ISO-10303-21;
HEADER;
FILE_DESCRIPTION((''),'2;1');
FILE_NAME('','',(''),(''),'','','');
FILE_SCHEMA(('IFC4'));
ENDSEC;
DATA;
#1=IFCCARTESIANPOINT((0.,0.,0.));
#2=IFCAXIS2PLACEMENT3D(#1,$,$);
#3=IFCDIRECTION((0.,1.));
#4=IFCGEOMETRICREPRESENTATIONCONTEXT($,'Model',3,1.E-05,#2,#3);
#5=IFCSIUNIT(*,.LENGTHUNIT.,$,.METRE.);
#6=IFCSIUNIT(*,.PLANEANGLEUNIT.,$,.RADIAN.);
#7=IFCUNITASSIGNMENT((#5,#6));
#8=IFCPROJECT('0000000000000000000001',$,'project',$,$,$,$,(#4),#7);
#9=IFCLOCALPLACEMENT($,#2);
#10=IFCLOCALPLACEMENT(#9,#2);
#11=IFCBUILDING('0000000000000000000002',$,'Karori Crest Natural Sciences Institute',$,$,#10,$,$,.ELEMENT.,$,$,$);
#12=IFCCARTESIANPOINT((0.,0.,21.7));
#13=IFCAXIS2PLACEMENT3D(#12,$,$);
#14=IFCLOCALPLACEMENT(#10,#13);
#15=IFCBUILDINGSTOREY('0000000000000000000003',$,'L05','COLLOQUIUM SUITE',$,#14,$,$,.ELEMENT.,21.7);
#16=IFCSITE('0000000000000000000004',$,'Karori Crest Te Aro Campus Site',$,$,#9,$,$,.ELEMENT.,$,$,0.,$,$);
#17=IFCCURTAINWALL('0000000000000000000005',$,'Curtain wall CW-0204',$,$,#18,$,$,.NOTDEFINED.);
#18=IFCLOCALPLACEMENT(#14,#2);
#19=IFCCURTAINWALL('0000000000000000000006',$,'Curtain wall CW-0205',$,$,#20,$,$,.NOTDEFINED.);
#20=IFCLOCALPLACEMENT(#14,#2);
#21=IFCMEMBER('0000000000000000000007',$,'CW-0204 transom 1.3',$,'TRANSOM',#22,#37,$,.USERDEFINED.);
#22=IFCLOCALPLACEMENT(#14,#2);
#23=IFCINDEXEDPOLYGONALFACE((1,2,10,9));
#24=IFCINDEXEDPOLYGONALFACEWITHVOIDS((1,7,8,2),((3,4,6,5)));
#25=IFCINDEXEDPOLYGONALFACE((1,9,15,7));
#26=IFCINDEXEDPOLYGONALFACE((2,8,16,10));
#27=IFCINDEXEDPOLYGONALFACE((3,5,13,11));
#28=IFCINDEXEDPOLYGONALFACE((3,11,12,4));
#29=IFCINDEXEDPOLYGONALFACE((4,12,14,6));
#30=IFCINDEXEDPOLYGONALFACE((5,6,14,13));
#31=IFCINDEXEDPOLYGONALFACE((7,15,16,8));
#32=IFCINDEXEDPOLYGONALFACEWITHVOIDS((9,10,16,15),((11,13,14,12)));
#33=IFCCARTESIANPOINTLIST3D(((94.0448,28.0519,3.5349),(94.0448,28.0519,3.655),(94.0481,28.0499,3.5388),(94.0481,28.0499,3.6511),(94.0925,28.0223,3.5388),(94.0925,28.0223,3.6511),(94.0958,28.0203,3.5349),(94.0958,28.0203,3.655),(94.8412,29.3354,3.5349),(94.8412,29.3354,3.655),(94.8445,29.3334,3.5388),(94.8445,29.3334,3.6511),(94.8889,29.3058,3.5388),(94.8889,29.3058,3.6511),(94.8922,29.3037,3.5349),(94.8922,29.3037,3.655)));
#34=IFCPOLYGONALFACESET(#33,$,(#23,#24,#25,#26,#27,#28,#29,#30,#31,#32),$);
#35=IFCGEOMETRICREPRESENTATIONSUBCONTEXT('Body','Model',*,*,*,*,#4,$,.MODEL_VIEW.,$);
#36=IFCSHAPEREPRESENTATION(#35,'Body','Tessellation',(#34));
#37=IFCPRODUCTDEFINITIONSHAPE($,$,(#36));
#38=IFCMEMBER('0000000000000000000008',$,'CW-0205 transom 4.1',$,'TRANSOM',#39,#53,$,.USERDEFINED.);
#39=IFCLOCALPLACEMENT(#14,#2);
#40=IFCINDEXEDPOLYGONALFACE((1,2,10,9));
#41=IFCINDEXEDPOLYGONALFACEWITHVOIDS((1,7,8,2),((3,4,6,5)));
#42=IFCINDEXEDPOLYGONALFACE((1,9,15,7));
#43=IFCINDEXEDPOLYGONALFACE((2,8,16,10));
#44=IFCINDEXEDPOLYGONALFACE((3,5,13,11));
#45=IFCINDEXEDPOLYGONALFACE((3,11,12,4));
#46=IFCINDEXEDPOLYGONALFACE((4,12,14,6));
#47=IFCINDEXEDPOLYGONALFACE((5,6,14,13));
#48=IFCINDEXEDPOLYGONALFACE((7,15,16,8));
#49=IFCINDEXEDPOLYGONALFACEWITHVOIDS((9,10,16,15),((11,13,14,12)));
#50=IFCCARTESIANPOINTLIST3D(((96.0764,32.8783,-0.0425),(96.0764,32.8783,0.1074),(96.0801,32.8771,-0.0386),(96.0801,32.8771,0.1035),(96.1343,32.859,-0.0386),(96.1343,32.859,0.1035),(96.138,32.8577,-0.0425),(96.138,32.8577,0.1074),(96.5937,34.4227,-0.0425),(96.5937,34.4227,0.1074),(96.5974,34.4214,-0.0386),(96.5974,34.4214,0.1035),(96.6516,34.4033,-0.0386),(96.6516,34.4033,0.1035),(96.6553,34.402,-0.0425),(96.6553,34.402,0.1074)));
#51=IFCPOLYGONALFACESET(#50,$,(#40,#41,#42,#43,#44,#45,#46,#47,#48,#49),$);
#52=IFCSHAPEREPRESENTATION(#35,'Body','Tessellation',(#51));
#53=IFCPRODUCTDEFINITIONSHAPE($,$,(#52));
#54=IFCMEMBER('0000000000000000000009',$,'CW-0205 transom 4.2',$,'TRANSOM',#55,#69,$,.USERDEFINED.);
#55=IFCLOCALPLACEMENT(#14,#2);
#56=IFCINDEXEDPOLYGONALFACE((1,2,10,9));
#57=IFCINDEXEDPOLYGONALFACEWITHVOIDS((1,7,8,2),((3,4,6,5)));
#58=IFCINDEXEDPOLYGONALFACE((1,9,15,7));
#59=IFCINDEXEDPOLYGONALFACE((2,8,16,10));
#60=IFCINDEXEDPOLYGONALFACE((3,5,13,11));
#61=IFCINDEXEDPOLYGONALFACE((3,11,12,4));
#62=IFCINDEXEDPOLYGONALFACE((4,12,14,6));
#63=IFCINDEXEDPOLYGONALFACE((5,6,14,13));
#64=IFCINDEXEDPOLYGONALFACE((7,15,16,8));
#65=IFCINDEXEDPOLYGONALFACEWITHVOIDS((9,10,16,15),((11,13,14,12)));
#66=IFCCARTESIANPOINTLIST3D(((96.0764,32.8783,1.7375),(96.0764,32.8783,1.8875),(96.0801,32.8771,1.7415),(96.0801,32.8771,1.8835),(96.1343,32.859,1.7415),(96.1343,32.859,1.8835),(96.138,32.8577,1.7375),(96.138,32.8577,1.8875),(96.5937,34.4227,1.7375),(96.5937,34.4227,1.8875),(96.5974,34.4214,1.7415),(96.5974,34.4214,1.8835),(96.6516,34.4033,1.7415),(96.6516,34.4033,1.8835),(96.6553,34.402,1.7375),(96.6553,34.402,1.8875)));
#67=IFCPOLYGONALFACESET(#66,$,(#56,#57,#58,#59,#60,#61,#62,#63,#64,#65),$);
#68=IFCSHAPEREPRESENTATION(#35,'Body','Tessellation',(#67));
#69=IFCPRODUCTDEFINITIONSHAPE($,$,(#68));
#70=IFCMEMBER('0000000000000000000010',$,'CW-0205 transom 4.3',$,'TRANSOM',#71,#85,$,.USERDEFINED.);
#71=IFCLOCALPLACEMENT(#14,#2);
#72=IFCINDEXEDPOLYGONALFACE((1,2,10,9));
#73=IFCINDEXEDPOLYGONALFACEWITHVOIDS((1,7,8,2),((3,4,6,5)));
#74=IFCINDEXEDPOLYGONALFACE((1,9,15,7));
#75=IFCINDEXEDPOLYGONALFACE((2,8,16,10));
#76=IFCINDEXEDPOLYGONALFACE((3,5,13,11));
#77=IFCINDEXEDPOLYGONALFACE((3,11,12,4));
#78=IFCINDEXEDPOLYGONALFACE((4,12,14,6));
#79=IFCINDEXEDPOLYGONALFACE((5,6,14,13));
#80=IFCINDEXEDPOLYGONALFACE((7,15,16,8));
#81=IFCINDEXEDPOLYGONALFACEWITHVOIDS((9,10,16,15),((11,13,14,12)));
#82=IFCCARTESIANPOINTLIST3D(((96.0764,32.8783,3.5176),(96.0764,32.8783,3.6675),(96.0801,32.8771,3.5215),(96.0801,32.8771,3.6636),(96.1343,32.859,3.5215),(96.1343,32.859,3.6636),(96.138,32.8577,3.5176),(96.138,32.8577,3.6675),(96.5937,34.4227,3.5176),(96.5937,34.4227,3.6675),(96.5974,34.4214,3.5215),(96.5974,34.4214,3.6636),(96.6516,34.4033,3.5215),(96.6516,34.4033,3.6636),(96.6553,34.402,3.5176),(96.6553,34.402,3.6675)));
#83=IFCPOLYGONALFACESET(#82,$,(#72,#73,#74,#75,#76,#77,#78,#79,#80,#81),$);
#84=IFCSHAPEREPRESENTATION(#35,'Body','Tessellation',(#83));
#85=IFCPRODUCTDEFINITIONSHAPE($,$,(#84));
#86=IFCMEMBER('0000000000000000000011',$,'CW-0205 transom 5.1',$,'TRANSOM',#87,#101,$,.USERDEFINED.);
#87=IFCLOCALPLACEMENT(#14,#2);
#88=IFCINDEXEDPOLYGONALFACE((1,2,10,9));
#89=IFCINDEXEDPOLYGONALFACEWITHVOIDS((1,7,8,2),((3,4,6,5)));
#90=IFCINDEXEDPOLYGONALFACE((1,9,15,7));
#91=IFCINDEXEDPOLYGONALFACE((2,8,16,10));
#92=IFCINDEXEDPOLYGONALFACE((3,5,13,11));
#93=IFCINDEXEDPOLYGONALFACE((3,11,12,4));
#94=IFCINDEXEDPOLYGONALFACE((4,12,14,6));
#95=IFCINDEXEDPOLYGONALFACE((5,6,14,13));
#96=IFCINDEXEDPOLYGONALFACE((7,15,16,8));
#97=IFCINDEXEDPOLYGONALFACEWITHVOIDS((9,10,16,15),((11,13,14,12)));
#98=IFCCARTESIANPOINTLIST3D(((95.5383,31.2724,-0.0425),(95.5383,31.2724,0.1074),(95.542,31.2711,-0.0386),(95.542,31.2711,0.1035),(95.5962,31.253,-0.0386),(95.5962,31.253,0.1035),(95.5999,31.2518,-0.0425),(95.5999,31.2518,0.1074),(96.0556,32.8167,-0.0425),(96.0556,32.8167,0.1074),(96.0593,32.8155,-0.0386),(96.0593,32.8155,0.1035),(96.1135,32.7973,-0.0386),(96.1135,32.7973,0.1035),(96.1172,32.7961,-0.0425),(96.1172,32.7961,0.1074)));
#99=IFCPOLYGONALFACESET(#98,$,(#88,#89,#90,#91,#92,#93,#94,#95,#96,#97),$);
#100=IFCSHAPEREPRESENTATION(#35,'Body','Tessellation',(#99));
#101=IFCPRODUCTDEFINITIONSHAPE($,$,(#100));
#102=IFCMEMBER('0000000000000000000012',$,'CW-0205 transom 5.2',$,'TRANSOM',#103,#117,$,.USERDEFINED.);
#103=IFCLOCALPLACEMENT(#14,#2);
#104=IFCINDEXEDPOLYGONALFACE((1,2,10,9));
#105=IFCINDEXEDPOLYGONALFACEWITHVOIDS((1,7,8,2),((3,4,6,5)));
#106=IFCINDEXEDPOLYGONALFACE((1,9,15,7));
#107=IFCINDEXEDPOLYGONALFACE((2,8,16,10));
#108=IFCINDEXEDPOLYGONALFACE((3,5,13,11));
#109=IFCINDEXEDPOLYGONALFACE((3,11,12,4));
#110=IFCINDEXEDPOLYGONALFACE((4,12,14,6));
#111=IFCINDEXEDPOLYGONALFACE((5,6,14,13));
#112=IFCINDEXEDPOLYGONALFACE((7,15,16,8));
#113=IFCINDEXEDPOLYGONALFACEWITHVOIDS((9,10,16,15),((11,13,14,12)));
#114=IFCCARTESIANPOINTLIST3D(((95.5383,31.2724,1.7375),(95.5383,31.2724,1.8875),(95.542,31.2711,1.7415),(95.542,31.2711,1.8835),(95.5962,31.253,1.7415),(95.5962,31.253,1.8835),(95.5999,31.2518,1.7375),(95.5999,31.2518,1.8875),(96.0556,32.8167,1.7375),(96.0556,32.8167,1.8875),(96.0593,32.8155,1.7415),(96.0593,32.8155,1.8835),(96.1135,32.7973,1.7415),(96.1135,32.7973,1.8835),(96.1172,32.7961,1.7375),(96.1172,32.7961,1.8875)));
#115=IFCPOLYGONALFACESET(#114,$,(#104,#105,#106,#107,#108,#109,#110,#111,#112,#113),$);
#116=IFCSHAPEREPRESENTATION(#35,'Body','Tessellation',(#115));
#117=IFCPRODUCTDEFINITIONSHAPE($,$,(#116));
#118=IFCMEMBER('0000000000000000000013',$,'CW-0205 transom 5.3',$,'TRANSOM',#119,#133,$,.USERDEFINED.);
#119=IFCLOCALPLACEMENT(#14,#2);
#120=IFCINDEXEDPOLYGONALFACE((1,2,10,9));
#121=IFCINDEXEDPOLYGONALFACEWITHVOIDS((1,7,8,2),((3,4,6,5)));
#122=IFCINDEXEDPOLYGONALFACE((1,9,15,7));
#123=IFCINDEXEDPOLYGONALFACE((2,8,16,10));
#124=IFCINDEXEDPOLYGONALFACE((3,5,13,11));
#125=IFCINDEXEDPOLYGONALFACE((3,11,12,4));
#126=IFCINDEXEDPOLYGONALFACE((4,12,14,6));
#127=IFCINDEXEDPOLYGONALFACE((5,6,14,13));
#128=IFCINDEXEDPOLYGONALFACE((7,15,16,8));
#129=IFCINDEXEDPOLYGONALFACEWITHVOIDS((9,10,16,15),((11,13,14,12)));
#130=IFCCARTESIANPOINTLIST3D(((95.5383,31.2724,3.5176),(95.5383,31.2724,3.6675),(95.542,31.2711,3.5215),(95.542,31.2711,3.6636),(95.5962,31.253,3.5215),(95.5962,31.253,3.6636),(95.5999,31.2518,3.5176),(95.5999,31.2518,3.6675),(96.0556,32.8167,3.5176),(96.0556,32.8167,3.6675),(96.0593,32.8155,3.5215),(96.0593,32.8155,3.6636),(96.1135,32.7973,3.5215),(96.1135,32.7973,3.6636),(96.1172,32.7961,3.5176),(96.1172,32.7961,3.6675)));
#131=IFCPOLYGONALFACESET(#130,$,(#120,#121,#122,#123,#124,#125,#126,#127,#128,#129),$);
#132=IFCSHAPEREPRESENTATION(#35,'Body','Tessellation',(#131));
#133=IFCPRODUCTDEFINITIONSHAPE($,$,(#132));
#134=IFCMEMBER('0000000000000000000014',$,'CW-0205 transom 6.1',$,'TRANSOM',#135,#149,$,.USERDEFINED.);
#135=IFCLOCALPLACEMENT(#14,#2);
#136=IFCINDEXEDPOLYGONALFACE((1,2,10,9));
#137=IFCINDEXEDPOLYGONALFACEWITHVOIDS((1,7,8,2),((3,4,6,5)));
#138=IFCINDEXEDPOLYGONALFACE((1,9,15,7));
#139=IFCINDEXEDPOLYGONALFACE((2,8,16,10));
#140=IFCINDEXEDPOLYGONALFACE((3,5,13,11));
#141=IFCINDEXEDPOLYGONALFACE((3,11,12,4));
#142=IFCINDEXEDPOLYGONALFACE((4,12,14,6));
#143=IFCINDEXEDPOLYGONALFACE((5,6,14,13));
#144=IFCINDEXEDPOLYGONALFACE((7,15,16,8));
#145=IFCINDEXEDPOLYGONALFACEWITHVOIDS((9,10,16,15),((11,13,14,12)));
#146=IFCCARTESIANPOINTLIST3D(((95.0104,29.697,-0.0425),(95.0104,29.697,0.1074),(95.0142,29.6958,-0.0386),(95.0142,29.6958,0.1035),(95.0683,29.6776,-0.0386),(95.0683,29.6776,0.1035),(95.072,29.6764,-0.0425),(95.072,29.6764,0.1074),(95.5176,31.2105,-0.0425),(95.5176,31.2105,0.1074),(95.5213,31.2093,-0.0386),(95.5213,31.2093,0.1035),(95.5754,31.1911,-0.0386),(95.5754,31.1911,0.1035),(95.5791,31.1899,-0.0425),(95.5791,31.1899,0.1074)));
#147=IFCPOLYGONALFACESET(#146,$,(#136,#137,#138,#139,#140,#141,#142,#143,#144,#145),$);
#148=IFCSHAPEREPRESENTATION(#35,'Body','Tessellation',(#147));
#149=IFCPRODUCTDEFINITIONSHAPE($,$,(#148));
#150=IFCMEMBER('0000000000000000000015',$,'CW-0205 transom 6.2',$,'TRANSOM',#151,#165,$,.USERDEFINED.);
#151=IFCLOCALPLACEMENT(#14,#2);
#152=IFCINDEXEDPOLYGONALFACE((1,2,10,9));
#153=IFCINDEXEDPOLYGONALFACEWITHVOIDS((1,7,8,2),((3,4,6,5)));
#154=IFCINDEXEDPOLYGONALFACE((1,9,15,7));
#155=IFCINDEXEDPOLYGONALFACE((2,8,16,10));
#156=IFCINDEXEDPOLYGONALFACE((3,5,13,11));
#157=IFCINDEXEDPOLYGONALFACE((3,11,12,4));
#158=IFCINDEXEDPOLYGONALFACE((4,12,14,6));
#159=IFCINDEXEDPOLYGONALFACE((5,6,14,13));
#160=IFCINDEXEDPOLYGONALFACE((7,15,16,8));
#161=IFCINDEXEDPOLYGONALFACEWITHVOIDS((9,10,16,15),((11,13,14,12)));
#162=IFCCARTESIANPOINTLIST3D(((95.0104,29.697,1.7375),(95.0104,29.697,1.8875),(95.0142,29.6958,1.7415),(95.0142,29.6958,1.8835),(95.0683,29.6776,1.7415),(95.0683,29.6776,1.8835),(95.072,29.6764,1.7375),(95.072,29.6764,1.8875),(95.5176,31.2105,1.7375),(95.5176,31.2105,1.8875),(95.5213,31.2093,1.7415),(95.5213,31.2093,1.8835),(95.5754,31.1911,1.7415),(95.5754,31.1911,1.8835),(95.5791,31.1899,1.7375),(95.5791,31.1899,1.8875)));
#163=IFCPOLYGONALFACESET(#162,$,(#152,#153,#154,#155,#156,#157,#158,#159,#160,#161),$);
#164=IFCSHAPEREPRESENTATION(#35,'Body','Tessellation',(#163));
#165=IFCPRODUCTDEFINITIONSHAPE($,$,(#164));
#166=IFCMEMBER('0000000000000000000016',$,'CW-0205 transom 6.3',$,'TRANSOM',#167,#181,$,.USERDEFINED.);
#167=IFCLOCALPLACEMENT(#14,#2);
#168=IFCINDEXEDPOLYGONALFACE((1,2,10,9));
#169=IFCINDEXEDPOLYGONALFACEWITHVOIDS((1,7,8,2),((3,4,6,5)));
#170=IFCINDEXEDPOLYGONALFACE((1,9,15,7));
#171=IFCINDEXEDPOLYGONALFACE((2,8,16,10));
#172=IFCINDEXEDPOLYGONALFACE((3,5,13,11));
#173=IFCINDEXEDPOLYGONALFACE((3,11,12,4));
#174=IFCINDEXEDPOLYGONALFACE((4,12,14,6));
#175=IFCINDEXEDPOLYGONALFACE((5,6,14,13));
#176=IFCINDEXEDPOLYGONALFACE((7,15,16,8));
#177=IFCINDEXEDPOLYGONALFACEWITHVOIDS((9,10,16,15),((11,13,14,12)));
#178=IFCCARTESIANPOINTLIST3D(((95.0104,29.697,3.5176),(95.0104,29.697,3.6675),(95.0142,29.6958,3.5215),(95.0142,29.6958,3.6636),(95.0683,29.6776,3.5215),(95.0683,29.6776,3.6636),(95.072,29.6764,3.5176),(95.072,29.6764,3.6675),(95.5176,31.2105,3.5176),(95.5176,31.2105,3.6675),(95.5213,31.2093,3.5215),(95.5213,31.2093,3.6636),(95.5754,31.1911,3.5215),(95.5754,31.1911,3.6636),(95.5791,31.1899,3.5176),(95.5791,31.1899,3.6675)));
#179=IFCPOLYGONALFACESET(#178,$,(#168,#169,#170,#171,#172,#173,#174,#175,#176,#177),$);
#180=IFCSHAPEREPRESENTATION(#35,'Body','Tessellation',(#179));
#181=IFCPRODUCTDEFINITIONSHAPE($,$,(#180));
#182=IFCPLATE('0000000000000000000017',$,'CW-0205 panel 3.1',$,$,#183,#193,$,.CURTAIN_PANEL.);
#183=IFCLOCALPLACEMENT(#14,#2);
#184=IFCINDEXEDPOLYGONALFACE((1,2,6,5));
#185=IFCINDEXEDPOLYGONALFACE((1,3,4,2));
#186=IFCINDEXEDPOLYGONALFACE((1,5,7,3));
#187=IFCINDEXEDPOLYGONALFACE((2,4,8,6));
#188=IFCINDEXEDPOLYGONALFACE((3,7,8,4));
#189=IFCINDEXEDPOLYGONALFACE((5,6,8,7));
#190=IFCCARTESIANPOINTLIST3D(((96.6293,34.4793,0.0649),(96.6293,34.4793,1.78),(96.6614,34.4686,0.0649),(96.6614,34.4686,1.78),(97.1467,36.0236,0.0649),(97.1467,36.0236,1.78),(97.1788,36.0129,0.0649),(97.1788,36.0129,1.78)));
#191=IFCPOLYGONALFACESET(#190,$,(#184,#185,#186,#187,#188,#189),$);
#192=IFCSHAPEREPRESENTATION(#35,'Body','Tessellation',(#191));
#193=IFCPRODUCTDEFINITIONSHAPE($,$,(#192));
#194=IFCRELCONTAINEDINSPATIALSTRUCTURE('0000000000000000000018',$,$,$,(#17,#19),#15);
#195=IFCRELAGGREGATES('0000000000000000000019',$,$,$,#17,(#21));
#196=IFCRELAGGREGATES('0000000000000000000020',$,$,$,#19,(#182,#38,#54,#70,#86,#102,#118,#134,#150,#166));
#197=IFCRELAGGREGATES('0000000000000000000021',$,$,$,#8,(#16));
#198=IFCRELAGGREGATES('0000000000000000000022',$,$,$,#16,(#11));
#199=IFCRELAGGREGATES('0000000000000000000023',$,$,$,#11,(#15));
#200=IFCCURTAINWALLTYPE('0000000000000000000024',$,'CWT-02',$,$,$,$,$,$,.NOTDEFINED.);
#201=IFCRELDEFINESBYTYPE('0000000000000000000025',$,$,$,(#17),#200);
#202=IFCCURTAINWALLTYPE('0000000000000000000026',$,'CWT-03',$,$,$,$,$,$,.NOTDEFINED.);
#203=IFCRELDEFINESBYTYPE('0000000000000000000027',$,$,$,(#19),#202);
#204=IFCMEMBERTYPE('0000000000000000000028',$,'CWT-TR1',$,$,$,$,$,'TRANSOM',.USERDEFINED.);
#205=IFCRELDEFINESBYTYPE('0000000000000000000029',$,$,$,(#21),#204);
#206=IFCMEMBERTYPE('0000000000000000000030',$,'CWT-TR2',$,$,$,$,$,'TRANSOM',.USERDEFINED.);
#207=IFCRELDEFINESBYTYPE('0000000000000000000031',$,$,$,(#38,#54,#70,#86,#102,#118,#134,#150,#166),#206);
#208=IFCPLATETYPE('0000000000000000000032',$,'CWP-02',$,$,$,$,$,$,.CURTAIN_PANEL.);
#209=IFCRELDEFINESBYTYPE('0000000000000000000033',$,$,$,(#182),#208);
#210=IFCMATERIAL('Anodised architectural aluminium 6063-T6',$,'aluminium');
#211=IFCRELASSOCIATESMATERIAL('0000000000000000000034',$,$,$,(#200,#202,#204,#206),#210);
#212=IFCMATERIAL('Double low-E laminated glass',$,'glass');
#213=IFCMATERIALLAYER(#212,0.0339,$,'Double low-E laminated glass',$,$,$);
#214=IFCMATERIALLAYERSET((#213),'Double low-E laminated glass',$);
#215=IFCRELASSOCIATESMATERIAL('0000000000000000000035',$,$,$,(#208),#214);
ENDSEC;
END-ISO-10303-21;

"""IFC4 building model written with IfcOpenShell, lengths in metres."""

from ifc_helpers import new_model, si_unit, direction, frame, origin, origin_2d, place, context, subcontext, project, spatial, rectangle, hollow_rectangle, extrude, material, layer, layer_set, material_profile, profile_set, type_object, element, aggregate, save


model = new_model("IFC4")

# Units and contexts
model_context = context("Model", 3, precision=1e-05, world=origin(), true_north=direction((0.0, 1.0)))
body_context = subcontext(model_context, "Body", "Model", "MODEL_VIEW")
ifc_project = project(units=[si_unit("LENGTHUNIT", "METRE"), si_unit("PLANEANGLEUNIT", "RADIAN")], contexts=[model_context])

# Site, building, storey
site_placement = place(None, origin())
site = spatial("IfcSite", under=ifc_project, at=site_placement, Name="Karori Crest Te Aro Campus Site", CompositionType="ELEMENT", RefElevation=0.0)
building_placement = place(site_placement, origin())
building = spatial("IfcBuilding", under=site, at=building_placement, Name="Karori Crest Natural Sciences Institute", CompositionType="ELEMENT")
storey_placement = place(building_placement, frame((0.0, 0.0, 21.7)))
storey = spatial("IfcBuildingStorey", under=building, at=storey_placement, Name="L05", Description="COLLOQUIUM SUITE", CompositionType="ELEMENT", Elevation=21.7)

# Curtain wall
ifc_material_1 = material(Name="Anodised architectural aluminium 6063-T6", Category="aluminium")
curtain_wall_type_1 = type_object("IfcCurtainWallType", Name="CWT-02", PredefinedType="NOTDEFINED", material=ifc_material_1)
curtain_wall_1_placement = place(storey_placement, origin())
curtain_wall_1 = element("IfcCurtainWall", 1, at=curtain_wall_1_placement, inside=storey, type_object=curtain_wall_type_1, Name="Curtain wall CW-0204", PredefinedType="NOTDEFINED")

# Curtain wall
curtain_wall_type_2 = type_object("IfcCurtainWallType", Name="CWT-03", PredefinedType="NOTDEFINED", material=ifc_material_1)
curtain_wall_2_placement = place(storey_placement, origin())
curtain_wall_2 = element("IfcCurtainWall", 2, at=curtain_wall_2_placement, inside=storey, type_object=curtain_wall_type_2, Name="Curtain wall CW-0205", PredefinedType="NOTDEFINED")

# Members
ifc_material_profile_1 = material_profile(ifc_material_1, hollow_rectangle(XDim=0.0601, YDim=0.1201, WallThickness=0.0039, at=origin_2d()), Name="CWT120x60x4")
ifc_profile_set_1 = profile_set([ifc_material_profile_1], Name="Anodised architectural aluminium 6063-T6")
member_type_1 = type_object("IfcMemberType", Name="CWT-TR1", ElementType="TRANSOM", PredefinedType="USERDEFINED", material=ifc_profile_set_1)
member_1_placement = place(storey_placement, frame((94.8667, 29.3196, 3.595), z_axis=(-0.52725, -0.84971, 0.0), x_axis=(0.84971, -0.52725, 0.0)))
member_1 = element("IfcMember", 3, at=member_1_placement, type_object=member_type_1, Name="CW-0204 transom 1.3", ObjectType="TRANSOM", PredefinedType="USERDEFINED", context=body_context, shape_type="SweptSolid", body=[
    extrude(hollow_rectangle(XDim=0.0601, YDim=0.1201, WallThickness=0.0039, at=origin_2d()), origin(), (0.0, 0.0, 1.0), 1.5105),
])
aggregate(curtain_wall_1, [member_1])
ifc_material_profile_2 = material_profile(ifc_material_1, hollow_rectangle(XDim=0.0649, YDim=0.1499, WallThickness=0.0039, at=origin_2d()), Name="CWT150x65x4")
ifc_profile_set_2 = profile_set([ifc_material_profile_2], Name="Anodised architectural aluminium 6063-T6")
member_type_2 = type_object("IfcMemberType", Name="CWT-TR2", ElementType="TRANSOM", PredefinedType="USERDEFINED", material=ifc_profile_set_2)
member_2_placement = place(storey_placement, frame((96.6245, 34.4124, 0.0325), z_axis=(-0.317621, -0.948218, 0.0), x_axis=(0.948218, -0.317621, 0.0)))
member_2 = element("IfcMember", 4, at=member_2_placement, type_object=member_type_2, Name="CW-0205 transom 4.1", ObjectType="TRANSOM", PredefinedType="USERDEFINED", context=body_context, shape_type="SweptSolid", body=[
    extrude(hollow_rectangle(XDim=0.0649, YDim=0.1499, WallThickness=0.0039, at=origin_2d()), origin(), (0.0, 0.0, 1.0), 1.6287),
])
member_3_placement = place(storey_placement, frame((96.6245, 34.4124, 1.8125), z_axis=(-0.317621, -0.948218, 0.0), x_axis=(0.948218, -0.317621, 0.0)))
member_3 = element("IfcMember", 5, at=member_3_placement, type_object=member_type_2, Name="CW-0205 transom 4.2", ObjectType="TRANSOM", PredefinedType="USERDEFINED", context=body_context, shape_type="SweptSolid", body=[
    extrude(hollow_rectangle(XDim=0.0649, YDim=0.1499, WallThickness=0.0039, at=origin_2d()), origin(), (0.0, 0.0, 1.0), 1.6287),
])
member_4_placement = place(storey_placement, frame((96.6245, 34.4124, 3.5925), z_axis=(-0.317621, -0.948218, 0.0), x_axis=(0.948218, -0.317621, 0.0)))
member_4 = element("IfcMember", 6, at=member_4_placement, type_object=member_type_2, Name="CW-0205 transom 4.3", ObjectType="TRANSOM", PredefinedType="USERDEFINED", context=body_context, shape_type="SweptSolid", body=[
    extrude(hollow_rectangle(XDim=0.0649, YDim=0.1499, WallThickness=0.0039, at=origin_2d()), origin(), (0.0, 0.0, 1.0), 1.6287),
])
member_5_placement = place(storey_placement, frame((96.0864, 32.8064, 0.0325), z_axis=(-0.317621, -0.948218, 0.0), x_axis=(0.948218, -0.317621, 0.0)))
member_5 = element("IfcMember", 7, at=member_5_placement, type_object=member_type_2, Name="CW-0205 transom 5.1", ObjectType="TRANSOM", PredefinedType="USERDEFINED", context=body_context, shape_type="SweptSolid", body=[
    extrude(hollow_rectangle(XDim=0.0649, YDim=0.1499, WallThickness=0.0039, at=origin_2d()), origin(), (0.0, 0.0, 1.0), 1.6287),
])
member_6_placement = place(storey_placement, frame((96.0864, 32.8064, 1.8125), z_axis=(-0.317621, -0.948218, 0.0), x_axis=(0.948218, -0.317621, 0.0)))
member_6 = element("IfcMember", 8, at=member_6_placement, type_object=member_type_2, Name="CW-0205 transom 5.2", ObjectType="TRANSOM", PredefinedType="USERDEFINED", context=body_context, shape_type="SweptSolid", body=[
    extrude(hollow_rectangle(XDim=0.0649, YDim=0.1499, WallThickness=0.0039, at=origin_2d()), origin(), (0.0, 0.0, 1.0), 1.6287),
])
member_7_placement = place(storey_placement, frame((96.0864, 32.8064, 3.5925), z_axis=(-0.317621, -0.948218, 0.0), x_axis=(0.948218, -0.317621, 0.0)))
member_7 = element("IfcMember", 9, at=member_7_placement, type_object=member_type_2, Name="CW-0205 transom 5.3", ObjectType="TRANSOM", PredefinedType="USERDEFINED", context=body_context, shape_type="SweptSolid", body=[
    extrude(hollow_rectangle(XDim=0.0649, YDim=0.1499, WallThickness=0.0039, at=origin_2d()), origin(), (0.0, 0.0, 1.0), 1.6287),
])
member_8_placement = place(storey_placement, frame((95.5483, 31.2002, 0.0325), z_axis=(-0.317696, -0.948193, 0.0), x_axis=(0.948193, -0.317696, 0.0)))
member_8 = element("IfcMember", 10, at=member_8_placement, type_object=member_type_2, Name="CW-0205 transom 6.1", ObjectType="TRANSOM", PredefinedType="USERDEFINED", context=body_context, shape_type="SweptSolid", body=[
    extrude(hollow_rectangle(XDim=0.0649, YDim=0.1499, WallThickness=0.0039, at=origin_2d()), origin(), (0.0, 0.0, 1.0), 1.5962),
])
member_9_placement = place(storey_placement, frame((95.5483, 31.2002, 1.8125), z_axis=(-0.317696, -0.948193, 0.0), x_axis=(0.948193, -0.317696, 0.0)))
member_9 = element("IfcMember", 11, at=member_9_placement, type_object=member_type_2, Name="CW-0205 transom 6.2", ObjectType="TRANSOM", PredefinedType="USERDEFINED", context=body_context, shape_type="SweptSolid", body=[
    extrude(hollow_rectangle(XDim=0.0649, YDim=0.1499, WallThickness=0.0039, at=origin_2d()), origin(), (0.0, 0.0, 1.0), 1.5962),
])
member_10_placement = place(storey_placement, frame((95.5483, 31.2002, 3.5925), z_axis=(-0.317696, -0.948193, 0.0), x_axis=(0.948193, -0.317696, 0.0)))
member_10 = element("IfcMember", 12, at=member_10_placement, type_object=member_type_2, Name="CW-0205 transom 6.3", ObjectType="TRANSOM", PredefinedType="USERDEFINED", context=body_context, shape_type="SweptSolid", body=[
    extrude(hollow_rectangle(XDim=0.0649, YDim=0.1499, WallThickness=0.0039, at=origin_2d()), origin(), (0.0, 0.0, 1.0), 1.5962),
])

# Plate
ifc_material_2 = material(Name="Double low-E laminated glass", Category="glass")
ifc_layer_1 = layer(ifc_material_2, 0.0339, Name="Double low-E laminated glass")
ifc_layer_set_1 = layer_set([ifc_layer_1], Name="Double low-E laminated glass")
plate_type = type_object("IfcPlateType", Name="CWP-02", PredefinedType="CURTAIN_PANEL", material=ifc_layer_set_1)
plate_1_placement = place(storey_placement, frame((96.9041, 35.2461, 0.0649), z_axis=(0.0, 0.0, 1.0), x_axis=(-0.31768, -0.948198, 0.0)))
plate_1 = element("IfcPlate", 13, at=plate_1_placement, type_object=plate_type, Name="CW-0205 panel 3.1", PredefinedType="CURTAIN_PANEL", context=body_context, shape_type="SweptSolid", body=[
    extrude(rectangle(XDim=1.6287, YDim=0.0339, at=origin_2d()), origin(), (0.0, 0.0, 1.0), 1.7151),
])
aggregate(curtain_wall_2, [plate_1, member_2, member_3, member_4, member_5, member_6, member_7, member_8, member_9, member_10])

save(model, "model.ifc")
